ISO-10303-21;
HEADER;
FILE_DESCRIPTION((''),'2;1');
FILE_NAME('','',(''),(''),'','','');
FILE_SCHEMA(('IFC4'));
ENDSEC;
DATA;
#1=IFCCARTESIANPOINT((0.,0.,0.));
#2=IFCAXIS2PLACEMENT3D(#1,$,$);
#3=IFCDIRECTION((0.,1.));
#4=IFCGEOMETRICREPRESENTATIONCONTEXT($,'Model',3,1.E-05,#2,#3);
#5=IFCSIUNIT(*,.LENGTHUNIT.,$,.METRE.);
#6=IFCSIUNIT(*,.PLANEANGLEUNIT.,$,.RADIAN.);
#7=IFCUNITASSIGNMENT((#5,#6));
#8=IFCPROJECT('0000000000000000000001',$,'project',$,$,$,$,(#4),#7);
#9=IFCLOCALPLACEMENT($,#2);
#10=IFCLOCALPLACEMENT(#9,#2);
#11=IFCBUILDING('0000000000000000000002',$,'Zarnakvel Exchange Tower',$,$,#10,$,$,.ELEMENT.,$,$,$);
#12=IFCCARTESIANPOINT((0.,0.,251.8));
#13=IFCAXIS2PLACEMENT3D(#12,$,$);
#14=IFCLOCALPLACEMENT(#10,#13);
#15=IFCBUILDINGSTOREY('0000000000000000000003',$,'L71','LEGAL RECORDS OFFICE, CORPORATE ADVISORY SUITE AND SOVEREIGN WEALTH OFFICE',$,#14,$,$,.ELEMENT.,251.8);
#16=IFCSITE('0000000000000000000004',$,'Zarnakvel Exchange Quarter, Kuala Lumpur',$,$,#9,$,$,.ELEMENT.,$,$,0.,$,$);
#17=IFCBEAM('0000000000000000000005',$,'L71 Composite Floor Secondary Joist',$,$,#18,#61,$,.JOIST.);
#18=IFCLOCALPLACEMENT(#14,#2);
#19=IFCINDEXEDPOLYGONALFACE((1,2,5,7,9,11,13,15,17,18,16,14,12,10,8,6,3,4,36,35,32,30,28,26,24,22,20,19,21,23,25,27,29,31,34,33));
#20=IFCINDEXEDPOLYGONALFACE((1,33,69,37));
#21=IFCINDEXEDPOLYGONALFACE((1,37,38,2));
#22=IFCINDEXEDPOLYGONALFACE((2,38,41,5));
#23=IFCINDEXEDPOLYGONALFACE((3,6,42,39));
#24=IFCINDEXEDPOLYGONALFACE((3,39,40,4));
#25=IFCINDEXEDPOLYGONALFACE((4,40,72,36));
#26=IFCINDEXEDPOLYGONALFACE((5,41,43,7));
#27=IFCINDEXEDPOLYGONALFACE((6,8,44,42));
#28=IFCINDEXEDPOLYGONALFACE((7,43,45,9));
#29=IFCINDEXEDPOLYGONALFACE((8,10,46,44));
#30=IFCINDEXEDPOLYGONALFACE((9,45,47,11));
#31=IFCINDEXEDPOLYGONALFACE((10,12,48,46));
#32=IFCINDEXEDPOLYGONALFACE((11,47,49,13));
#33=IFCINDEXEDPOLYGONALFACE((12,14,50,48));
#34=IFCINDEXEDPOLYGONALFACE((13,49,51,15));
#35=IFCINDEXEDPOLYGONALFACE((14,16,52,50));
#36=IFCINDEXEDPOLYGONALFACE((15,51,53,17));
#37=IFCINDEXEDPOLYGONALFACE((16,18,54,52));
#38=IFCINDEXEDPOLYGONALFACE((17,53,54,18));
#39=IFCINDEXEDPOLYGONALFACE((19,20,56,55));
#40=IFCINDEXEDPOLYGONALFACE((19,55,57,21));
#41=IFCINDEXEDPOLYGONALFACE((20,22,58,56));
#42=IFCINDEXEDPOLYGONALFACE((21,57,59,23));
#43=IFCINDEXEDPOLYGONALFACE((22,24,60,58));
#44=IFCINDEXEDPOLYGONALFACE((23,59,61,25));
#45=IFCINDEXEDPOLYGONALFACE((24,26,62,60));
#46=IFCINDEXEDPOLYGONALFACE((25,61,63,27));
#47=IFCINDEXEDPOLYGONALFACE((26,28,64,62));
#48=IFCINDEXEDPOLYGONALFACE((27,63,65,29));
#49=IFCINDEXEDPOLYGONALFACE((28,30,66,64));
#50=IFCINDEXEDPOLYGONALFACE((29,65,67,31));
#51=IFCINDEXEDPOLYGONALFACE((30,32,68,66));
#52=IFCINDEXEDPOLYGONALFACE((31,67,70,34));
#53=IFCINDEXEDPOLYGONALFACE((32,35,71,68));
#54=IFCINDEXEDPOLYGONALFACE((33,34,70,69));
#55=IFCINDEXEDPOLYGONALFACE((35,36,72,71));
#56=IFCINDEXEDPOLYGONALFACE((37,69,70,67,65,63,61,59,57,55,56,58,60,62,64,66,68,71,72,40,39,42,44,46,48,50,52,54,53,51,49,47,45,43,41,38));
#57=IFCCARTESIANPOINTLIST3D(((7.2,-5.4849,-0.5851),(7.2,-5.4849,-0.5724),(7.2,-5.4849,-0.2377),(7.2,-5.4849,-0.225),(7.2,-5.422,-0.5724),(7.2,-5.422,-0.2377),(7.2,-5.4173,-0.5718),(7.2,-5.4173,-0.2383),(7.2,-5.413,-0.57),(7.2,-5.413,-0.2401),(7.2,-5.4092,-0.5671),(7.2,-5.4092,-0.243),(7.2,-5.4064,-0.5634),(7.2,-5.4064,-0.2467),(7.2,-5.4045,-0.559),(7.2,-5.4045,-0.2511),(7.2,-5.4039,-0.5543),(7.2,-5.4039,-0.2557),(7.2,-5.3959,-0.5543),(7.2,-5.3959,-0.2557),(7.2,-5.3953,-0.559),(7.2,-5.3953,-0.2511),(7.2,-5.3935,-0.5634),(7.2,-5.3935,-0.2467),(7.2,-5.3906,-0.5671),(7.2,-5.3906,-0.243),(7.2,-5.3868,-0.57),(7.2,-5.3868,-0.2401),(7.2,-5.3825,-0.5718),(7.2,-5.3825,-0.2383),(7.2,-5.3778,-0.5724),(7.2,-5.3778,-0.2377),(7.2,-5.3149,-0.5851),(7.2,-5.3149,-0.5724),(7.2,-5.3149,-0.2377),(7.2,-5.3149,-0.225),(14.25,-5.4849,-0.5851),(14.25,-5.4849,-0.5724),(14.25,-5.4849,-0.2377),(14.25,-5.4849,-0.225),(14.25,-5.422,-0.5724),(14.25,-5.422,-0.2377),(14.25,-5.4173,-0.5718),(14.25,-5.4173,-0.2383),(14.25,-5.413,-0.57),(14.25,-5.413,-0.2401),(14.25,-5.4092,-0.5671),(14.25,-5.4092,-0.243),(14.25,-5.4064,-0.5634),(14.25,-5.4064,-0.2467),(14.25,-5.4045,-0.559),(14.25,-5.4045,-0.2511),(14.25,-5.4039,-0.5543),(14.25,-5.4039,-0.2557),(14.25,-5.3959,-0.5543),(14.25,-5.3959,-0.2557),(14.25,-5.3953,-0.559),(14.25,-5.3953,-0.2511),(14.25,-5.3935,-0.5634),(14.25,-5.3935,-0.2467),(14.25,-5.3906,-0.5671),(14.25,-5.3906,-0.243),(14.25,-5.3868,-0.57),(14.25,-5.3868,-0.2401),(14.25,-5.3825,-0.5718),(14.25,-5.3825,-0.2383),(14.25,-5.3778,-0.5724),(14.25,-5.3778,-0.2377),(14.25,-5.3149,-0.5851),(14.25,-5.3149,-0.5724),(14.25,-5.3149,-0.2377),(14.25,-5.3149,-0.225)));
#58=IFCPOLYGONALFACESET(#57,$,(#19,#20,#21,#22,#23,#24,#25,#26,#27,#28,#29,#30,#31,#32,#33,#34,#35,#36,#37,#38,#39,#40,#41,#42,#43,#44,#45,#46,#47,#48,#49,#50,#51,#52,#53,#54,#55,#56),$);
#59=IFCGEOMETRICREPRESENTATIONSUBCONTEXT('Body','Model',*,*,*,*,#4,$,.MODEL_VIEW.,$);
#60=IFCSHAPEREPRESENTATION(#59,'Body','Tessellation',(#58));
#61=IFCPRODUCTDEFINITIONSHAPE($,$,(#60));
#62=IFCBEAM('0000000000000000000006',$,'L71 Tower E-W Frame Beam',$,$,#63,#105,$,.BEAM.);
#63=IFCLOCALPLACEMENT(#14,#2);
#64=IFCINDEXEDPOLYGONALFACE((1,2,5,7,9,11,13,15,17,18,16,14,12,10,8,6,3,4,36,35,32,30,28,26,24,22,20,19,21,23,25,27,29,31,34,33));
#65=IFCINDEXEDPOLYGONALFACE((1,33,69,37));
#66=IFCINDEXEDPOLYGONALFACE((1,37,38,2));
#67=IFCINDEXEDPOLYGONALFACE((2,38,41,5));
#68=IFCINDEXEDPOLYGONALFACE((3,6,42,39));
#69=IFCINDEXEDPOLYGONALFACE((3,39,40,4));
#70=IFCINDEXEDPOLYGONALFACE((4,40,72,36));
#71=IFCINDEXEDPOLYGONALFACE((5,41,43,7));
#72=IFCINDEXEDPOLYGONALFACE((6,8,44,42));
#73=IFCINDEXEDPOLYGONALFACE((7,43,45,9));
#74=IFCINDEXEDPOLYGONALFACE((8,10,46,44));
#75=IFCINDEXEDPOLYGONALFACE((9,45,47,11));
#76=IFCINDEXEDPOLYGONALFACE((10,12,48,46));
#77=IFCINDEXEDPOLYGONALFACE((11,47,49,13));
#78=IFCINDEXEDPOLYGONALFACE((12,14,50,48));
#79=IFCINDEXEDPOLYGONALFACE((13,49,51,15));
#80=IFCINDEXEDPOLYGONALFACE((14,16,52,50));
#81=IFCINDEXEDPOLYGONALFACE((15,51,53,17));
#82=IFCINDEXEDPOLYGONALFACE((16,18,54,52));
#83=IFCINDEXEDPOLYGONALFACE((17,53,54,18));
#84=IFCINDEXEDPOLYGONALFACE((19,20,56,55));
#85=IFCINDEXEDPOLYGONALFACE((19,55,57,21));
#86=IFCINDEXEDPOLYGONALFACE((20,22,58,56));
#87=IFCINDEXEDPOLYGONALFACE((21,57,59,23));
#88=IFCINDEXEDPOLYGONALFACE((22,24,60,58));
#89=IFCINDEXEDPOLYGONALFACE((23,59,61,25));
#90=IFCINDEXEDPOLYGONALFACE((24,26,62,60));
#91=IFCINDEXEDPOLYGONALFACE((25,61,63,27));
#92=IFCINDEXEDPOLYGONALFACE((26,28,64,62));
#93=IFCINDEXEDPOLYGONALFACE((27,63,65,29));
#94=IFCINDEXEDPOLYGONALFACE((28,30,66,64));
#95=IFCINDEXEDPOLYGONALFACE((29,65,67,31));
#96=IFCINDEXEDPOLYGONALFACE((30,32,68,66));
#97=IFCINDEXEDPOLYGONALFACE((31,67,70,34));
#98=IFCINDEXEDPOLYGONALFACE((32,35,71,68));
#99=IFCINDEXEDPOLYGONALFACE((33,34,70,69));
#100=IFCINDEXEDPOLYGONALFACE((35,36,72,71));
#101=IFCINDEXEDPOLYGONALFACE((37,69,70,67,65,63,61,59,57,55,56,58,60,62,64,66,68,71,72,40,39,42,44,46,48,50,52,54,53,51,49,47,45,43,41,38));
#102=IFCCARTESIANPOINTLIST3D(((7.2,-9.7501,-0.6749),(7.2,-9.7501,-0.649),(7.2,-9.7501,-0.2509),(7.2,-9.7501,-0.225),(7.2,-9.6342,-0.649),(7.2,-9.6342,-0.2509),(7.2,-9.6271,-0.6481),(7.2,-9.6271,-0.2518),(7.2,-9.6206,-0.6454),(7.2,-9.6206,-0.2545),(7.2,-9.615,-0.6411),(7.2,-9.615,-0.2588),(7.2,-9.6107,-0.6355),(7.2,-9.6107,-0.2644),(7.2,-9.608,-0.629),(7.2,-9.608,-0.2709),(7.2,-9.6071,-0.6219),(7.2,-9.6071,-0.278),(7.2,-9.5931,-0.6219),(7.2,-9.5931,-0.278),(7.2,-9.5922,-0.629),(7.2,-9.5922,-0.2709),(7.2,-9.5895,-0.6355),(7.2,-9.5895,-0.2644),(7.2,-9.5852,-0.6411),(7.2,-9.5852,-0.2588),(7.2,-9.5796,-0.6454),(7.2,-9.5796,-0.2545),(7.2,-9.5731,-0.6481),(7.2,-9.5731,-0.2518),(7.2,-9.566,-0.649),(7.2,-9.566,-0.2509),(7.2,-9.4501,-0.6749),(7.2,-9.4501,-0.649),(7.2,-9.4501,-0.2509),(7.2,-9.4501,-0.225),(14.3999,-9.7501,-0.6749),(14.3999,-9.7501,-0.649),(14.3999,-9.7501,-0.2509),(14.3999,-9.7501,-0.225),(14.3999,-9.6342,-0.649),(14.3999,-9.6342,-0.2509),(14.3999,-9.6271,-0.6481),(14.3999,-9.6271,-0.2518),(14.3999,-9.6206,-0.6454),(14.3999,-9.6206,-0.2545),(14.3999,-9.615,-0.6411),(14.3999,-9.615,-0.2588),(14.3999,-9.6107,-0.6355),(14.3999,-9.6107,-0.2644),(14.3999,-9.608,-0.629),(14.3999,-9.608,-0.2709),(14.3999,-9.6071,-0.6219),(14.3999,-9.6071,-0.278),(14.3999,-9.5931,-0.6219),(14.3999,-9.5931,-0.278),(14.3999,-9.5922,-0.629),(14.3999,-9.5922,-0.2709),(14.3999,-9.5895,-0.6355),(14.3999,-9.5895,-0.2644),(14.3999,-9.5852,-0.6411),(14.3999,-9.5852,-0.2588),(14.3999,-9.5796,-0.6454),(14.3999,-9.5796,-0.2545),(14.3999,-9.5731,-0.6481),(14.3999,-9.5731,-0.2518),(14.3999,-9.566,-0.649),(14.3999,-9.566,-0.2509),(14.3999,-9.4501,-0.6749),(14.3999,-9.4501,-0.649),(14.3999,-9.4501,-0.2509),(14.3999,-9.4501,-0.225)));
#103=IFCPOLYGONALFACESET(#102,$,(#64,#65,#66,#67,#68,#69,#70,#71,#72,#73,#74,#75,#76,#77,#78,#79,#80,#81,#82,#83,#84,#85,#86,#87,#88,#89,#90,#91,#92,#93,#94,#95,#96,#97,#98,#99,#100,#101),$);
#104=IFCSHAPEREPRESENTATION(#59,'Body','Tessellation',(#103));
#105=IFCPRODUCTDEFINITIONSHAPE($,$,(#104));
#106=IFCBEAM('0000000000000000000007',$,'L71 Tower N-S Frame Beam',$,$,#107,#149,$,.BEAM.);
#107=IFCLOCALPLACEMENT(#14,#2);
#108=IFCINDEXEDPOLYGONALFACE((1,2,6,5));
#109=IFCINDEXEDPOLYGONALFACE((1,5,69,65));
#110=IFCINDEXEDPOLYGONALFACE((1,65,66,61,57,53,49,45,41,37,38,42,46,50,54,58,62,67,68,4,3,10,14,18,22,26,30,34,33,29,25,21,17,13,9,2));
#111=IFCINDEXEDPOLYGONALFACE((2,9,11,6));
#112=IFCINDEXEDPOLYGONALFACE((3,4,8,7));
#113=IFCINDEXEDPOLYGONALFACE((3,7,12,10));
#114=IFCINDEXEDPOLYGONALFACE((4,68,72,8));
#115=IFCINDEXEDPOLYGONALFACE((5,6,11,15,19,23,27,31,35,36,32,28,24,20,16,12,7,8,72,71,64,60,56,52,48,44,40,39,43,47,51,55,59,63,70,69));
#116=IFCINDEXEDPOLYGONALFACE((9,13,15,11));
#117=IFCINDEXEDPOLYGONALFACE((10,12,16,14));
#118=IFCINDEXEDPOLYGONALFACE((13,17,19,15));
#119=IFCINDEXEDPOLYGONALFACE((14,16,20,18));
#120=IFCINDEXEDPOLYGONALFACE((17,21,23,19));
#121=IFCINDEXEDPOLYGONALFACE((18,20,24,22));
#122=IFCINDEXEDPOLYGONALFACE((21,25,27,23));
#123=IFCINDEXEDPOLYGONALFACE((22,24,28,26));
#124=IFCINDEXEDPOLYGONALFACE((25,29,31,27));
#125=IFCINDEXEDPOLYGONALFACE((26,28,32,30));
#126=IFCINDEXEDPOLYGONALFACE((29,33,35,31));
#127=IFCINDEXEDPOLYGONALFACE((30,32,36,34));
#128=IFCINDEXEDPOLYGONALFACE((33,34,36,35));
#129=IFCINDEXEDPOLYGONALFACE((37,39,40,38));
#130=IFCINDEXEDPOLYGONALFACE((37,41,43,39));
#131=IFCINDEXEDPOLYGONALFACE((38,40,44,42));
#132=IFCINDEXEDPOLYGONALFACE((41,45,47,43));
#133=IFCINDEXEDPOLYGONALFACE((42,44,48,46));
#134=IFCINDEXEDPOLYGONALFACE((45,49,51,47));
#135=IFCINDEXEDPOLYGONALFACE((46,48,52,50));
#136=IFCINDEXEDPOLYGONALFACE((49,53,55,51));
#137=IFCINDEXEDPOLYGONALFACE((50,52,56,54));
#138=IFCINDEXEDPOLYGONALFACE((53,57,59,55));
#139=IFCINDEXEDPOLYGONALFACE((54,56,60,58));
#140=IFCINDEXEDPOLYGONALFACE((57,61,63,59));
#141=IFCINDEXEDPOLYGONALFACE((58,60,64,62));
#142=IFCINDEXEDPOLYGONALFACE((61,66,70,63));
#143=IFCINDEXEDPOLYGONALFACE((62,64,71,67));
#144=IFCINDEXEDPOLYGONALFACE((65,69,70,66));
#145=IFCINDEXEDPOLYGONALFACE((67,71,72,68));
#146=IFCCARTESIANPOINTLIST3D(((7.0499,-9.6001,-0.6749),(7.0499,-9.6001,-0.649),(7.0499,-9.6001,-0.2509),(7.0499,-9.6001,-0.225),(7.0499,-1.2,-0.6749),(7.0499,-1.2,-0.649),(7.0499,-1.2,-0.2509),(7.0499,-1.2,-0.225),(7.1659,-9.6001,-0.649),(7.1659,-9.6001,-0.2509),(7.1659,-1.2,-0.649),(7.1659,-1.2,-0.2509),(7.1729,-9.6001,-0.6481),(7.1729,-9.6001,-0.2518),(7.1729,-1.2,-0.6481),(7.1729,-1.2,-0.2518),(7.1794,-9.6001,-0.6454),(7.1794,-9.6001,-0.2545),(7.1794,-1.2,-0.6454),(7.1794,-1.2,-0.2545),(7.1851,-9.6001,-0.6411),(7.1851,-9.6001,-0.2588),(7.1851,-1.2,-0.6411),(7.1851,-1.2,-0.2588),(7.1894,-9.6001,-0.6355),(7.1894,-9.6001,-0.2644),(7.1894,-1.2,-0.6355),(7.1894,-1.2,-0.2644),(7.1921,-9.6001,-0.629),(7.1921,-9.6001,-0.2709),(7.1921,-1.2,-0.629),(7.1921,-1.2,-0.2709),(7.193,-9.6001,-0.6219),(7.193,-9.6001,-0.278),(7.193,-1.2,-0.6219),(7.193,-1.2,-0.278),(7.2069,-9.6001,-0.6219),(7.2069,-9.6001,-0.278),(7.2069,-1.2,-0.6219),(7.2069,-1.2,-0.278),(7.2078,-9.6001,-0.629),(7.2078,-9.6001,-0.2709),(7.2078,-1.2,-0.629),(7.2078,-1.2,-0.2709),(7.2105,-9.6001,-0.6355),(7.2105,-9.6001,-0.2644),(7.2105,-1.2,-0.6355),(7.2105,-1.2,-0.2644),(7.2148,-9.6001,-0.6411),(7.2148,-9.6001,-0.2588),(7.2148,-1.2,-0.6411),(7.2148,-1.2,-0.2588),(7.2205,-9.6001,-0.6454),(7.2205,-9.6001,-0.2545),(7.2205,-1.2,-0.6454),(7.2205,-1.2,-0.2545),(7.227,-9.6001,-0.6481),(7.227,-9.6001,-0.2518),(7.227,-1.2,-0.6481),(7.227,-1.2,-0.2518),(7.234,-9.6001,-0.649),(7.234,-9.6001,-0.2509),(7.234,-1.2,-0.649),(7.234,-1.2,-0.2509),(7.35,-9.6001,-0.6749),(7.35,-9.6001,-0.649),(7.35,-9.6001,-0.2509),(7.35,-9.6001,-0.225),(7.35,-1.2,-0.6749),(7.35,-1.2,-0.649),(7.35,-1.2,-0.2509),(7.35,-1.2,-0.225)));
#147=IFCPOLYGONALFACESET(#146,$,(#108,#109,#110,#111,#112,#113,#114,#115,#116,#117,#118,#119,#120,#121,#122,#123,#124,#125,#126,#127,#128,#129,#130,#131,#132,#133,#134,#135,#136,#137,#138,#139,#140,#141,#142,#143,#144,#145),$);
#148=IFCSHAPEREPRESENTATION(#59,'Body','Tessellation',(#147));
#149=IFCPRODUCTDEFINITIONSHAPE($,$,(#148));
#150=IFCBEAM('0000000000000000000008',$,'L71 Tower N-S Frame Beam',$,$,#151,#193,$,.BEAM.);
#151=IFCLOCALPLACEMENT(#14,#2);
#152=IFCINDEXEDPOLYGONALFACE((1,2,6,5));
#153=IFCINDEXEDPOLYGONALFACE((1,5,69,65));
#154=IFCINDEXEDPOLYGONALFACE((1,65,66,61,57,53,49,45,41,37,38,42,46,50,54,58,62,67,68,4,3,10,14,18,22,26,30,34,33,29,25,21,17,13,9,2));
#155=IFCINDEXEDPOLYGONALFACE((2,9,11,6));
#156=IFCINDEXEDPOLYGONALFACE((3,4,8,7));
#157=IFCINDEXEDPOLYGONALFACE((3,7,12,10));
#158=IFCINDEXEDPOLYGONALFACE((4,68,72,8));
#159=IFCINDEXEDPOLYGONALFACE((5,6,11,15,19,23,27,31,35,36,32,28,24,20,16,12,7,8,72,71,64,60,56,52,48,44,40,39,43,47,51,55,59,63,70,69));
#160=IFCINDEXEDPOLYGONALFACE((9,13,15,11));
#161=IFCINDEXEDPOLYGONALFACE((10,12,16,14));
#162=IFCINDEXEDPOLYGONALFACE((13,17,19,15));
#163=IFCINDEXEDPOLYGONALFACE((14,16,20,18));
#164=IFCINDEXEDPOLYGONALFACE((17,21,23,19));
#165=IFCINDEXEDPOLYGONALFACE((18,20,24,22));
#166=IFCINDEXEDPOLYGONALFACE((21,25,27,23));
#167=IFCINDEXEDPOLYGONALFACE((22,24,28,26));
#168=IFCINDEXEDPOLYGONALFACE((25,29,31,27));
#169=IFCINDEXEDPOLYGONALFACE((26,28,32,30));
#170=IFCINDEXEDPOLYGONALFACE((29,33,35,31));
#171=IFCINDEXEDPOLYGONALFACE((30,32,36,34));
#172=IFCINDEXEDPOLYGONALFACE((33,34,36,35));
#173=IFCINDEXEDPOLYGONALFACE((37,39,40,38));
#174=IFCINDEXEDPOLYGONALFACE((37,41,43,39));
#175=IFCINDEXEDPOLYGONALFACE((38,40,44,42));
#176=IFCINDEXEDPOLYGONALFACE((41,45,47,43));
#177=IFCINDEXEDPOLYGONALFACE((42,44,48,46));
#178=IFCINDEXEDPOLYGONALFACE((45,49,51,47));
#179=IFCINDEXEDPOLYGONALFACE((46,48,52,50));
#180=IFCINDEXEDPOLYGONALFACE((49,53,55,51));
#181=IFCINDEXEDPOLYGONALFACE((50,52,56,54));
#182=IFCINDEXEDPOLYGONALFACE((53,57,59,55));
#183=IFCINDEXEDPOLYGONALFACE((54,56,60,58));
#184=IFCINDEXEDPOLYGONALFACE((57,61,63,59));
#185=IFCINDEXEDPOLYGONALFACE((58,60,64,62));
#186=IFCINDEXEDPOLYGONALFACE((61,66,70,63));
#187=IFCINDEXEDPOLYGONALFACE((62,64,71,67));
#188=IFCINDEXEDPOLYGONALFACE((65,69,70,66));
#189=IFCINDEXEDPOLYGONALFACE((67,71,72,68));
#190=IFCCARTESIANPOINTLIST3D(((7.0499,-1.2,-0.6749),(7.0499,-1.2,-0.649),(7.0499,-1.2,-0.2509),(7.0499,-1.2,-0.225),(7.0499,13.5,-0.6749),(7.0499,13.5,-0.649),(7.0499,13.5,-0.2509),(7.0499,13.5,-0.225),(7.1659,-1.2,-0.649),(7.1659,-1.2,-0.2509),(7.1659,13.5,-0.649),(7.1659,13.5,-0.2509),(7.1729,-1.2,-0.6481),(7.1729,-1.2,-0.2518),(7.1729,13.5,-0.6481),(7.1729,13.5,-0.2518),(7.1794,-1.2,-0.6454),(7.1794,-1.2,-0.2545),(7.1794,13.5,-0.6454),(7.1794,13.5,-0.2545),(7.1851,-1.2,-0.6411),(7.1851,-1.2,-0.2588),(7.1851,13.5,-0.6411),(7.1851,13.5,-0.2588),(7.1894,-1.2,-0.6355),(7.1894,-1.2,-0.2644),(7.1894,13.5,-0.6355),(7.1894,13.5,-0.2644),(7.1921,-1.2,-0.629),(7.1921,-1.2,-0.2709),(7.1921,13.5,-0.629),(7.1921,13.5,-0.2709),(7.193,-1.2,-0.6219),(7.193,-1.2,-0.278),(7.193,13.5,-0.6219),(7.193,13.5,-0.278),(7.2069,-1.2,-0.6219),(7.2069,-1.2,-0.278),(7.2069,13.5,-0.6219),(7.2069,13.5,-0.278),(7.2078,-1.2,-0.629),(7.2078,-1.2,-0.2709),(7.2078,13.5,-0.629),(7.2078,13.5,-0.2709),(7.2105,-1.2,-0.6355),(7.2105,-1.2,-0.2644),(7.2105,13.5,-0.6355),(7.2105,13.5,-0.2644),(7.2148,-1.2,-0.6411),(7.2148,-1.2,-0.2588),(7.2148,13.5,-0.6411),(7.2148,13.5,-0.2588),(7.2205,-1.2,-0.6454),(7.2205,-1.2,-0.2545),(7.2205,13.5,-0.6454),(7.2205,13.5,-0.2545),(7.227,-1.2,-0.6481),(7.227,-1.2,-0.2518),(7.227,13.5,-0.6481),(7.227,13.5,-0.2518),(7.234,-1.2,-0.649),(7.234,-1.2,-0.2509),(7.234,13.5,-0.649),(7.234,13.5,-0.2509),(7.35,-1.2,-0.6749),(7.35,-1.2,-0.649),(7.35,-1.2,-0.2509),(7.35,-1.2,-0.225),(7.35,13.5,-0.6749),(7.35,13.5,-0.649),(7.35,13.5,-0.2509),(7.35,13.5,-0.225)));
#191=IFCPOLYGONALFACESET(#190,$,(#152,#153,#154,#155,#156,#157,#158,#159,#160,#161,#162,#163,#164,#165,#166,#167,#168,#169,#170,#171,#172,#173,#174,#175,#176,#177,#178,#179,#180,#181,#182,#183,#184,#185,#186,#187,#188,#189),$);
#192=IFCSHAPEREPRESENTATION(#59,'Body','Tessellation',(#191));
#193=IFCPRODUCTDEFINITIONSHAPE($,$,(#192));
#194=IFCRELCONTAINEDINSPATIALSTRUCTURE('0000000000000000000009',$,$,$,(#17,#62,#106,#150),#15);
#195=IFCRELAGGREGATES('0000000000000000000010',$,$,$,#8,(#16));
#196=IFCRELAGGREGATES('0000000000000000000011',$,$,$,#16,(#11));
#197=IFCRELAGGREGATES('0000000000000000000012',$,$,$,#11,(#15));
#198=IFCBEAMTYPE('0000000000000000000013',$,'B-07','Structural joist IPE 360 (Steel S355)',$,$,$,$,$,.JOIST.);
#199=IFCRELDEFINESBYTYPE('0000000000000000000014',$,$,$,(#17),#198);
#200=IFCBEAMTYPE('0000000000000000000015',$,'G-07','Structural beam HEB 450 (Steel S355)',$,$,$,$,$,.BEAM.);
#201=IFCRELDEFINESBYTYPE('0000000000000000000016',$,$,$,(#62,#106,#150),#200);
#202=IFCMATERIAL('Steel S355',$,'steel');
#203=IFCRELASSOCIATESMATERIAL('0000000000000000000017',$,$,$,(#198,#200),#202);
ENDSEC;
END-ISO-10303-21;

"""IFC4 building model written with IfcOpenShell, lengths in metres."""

from ifc_helpers import new_model, si_unit, direction, frame, origin, origin_2d, place, context, subcontext, project, spatial, i_section, extrude, material, material_profile, profile_set, type_object, element, save


model = new_model("IFC4")

# Units and contexts
model_context = context("Model", 3, precision=1e-05, world=origin(), true_north=direction((0.0, 1.0)))
body_context = subcontext(model_context, "Body", "Model", "MODEL_VIEW")
ifc_project = project(units=[si_unit("LENGTHUNIT", "METRE"), si_unit("PLANEANGLEUNIT", "RADIAN")], contexts=[model_context])

# Site, building, storey
site_placement = place(None, origin())
site = spatial("IfcSite", under=ifc_project, at=site_placement, Name="Zarnakvel Exchange Quarter, Kuala Lumpur", CompositionType="ELEMENT", RefElevation=0.0)
building_placement = place(site_placement, origin())
building = spatial("IfcBuilding", under=site, at=building_placement, Name="Zarnakvel Exchange Tower", CompositionType="ELEMENT")
storey_placement = place(building_placement, frame((0.0, 0.0, 251.8)))
storey = spatial("IfcBuildingStorey", under=building, at=storey_placement, Name="L71", Description="LEGAL RECORDS OFFICE, CORPORATE ADVISORY SUITE AND SOVEREIGN WEALTH OFFICE", CompositionType="ELEMENT", Elevation=251.8)

# Beams
ifc_material_1 = material(Name="Steel S355", Category="steel")
ifc_material_profile_1 = material_profile(ifc_material_1, i_section(OverallWidth=0.1699, OverallDepth=0.3601, WebThickness=0.0081, FlangeThickness=0.0127, FilletRadius=0.0181, at=origin_2d()))
ifc_profile_set_1 = profile_set([ifc_material_profile_1], Name="Steel S355")
beam_type_1 = type_object("IfcBeamType", Name="B-07", Description="Structural joist IPE 360 (Steel S355)", PredefinedType="JOIST", material=ifc_profile_set_1)
beam_1_placement = place(storey_placement, frame((7.2, -5.3999, -0.405), z_axis=(1.0, 0.0, 0.0), x_axis=(0.0, 1.0, 0.0)))
element("IfcBeam", 1, at=beam_1_placement, inside=storey, type_object=beam_type_1, Name="L71 Composite Floor Secondary Joist", PredefinedType="JOIST", context=body_context, shape_type="SweptSolid", body=[
    extrude(i_section(OverallWidth=0.1699, OverallDepth=0.3601, WebThickness=0.0081, FlangeThickness=0.0127, FilletRadius=0.0181, at=origin_2d()), origin(), (0.0, 0.0, 1.0), 7.05),
])
ifc_material_profile_2 = material_profile(ifc_material_1, i_section(OverallWidth=0.3, OverallDepth=0.45, WebThickness=0.0139, FlangeThickness=0.0259, FilletRadius=0.0271, at=origin_2d()))
ifc_profile_set_2 = profile_set([ifc_material_profile_2], Name="Steel S355")
beam_type_2 = type_object("IfcBeamType", Name="G-07", Description="Structural beam HEB 450 (Steel S355)", PredefinedType="BEAM", material=ifc_profile_set_2)
beam_2_placement = place(storey_placement, frame((7.2, -9.6001, -0.45), z_axis=(1.0, 0.0, 0.0), x_axis=(0.0, 1.0, 0.0)))
element("IfcBeam", 2, at=beam_2_placement, inside=storey, type_object=beam_type_2, Name="L71 Tower E-W Frame Beam", PredefinedType="BEAM", context=body_context, shape_type="SweptSolid", body=[
    extrude(i_section(OverallWidth=0.3, OverallDepth=0.45, WebThickness=0.0139, FlangeThickness=0.0259, FilletRadius=0.0271, at=origin_2d()), origin(), (0.0, 0.0, 1.0), 7.2),
])
beam_3_placement = place(storey_placement, frame((7.2, -9.6001, -0.45), z_axis=(0.0, 1.0, 0.0), x_axis=(-1.0, 0.0, 0.0)))
element("IfcBeam", 3, at=beam_3_placement, inside=storey, type_object=beam_type_2, Name="L71 Tower N-S Frame Beam", PredefinedType="BEAM", context=body_context, shape_type="SweptSolid", body=[
    extrude(i_section(OverallWidth=0.3, OverallDepth=0.45, WebThickness=0.0139, FlangeThickness=0.0259, FilletRadius=0.0271, at=origin_2d()), origin(), (0.0, 0.0, 1.0), 8.4001),
])
beam_4_placement = place(storey_placement, frame((7.2, -1.2, -0.45), z_axis=(0.0, 1.0, 0.0), x_axis=(-1.0, 0.0, 0.0)))
element("IfcBeam", 4, at=beam_4_placement, inside=storey, type_object=beam_type_2, Name="L71 Tower N-S Frame Beam", PredefinedType="BEAM", context=body_context, shape_type="SweptSolid", body=[
    extrude(i_section(OverallWidth=0.3, OverallDepth=0.45, WebThickness=0.0139, FlangeThickness=0.0259, FilletRadius=0.0271, at=origin_2d()), origin(), (0.0, 0.0, 1.0), 14.7),
])

save(model, "model.ifc")
